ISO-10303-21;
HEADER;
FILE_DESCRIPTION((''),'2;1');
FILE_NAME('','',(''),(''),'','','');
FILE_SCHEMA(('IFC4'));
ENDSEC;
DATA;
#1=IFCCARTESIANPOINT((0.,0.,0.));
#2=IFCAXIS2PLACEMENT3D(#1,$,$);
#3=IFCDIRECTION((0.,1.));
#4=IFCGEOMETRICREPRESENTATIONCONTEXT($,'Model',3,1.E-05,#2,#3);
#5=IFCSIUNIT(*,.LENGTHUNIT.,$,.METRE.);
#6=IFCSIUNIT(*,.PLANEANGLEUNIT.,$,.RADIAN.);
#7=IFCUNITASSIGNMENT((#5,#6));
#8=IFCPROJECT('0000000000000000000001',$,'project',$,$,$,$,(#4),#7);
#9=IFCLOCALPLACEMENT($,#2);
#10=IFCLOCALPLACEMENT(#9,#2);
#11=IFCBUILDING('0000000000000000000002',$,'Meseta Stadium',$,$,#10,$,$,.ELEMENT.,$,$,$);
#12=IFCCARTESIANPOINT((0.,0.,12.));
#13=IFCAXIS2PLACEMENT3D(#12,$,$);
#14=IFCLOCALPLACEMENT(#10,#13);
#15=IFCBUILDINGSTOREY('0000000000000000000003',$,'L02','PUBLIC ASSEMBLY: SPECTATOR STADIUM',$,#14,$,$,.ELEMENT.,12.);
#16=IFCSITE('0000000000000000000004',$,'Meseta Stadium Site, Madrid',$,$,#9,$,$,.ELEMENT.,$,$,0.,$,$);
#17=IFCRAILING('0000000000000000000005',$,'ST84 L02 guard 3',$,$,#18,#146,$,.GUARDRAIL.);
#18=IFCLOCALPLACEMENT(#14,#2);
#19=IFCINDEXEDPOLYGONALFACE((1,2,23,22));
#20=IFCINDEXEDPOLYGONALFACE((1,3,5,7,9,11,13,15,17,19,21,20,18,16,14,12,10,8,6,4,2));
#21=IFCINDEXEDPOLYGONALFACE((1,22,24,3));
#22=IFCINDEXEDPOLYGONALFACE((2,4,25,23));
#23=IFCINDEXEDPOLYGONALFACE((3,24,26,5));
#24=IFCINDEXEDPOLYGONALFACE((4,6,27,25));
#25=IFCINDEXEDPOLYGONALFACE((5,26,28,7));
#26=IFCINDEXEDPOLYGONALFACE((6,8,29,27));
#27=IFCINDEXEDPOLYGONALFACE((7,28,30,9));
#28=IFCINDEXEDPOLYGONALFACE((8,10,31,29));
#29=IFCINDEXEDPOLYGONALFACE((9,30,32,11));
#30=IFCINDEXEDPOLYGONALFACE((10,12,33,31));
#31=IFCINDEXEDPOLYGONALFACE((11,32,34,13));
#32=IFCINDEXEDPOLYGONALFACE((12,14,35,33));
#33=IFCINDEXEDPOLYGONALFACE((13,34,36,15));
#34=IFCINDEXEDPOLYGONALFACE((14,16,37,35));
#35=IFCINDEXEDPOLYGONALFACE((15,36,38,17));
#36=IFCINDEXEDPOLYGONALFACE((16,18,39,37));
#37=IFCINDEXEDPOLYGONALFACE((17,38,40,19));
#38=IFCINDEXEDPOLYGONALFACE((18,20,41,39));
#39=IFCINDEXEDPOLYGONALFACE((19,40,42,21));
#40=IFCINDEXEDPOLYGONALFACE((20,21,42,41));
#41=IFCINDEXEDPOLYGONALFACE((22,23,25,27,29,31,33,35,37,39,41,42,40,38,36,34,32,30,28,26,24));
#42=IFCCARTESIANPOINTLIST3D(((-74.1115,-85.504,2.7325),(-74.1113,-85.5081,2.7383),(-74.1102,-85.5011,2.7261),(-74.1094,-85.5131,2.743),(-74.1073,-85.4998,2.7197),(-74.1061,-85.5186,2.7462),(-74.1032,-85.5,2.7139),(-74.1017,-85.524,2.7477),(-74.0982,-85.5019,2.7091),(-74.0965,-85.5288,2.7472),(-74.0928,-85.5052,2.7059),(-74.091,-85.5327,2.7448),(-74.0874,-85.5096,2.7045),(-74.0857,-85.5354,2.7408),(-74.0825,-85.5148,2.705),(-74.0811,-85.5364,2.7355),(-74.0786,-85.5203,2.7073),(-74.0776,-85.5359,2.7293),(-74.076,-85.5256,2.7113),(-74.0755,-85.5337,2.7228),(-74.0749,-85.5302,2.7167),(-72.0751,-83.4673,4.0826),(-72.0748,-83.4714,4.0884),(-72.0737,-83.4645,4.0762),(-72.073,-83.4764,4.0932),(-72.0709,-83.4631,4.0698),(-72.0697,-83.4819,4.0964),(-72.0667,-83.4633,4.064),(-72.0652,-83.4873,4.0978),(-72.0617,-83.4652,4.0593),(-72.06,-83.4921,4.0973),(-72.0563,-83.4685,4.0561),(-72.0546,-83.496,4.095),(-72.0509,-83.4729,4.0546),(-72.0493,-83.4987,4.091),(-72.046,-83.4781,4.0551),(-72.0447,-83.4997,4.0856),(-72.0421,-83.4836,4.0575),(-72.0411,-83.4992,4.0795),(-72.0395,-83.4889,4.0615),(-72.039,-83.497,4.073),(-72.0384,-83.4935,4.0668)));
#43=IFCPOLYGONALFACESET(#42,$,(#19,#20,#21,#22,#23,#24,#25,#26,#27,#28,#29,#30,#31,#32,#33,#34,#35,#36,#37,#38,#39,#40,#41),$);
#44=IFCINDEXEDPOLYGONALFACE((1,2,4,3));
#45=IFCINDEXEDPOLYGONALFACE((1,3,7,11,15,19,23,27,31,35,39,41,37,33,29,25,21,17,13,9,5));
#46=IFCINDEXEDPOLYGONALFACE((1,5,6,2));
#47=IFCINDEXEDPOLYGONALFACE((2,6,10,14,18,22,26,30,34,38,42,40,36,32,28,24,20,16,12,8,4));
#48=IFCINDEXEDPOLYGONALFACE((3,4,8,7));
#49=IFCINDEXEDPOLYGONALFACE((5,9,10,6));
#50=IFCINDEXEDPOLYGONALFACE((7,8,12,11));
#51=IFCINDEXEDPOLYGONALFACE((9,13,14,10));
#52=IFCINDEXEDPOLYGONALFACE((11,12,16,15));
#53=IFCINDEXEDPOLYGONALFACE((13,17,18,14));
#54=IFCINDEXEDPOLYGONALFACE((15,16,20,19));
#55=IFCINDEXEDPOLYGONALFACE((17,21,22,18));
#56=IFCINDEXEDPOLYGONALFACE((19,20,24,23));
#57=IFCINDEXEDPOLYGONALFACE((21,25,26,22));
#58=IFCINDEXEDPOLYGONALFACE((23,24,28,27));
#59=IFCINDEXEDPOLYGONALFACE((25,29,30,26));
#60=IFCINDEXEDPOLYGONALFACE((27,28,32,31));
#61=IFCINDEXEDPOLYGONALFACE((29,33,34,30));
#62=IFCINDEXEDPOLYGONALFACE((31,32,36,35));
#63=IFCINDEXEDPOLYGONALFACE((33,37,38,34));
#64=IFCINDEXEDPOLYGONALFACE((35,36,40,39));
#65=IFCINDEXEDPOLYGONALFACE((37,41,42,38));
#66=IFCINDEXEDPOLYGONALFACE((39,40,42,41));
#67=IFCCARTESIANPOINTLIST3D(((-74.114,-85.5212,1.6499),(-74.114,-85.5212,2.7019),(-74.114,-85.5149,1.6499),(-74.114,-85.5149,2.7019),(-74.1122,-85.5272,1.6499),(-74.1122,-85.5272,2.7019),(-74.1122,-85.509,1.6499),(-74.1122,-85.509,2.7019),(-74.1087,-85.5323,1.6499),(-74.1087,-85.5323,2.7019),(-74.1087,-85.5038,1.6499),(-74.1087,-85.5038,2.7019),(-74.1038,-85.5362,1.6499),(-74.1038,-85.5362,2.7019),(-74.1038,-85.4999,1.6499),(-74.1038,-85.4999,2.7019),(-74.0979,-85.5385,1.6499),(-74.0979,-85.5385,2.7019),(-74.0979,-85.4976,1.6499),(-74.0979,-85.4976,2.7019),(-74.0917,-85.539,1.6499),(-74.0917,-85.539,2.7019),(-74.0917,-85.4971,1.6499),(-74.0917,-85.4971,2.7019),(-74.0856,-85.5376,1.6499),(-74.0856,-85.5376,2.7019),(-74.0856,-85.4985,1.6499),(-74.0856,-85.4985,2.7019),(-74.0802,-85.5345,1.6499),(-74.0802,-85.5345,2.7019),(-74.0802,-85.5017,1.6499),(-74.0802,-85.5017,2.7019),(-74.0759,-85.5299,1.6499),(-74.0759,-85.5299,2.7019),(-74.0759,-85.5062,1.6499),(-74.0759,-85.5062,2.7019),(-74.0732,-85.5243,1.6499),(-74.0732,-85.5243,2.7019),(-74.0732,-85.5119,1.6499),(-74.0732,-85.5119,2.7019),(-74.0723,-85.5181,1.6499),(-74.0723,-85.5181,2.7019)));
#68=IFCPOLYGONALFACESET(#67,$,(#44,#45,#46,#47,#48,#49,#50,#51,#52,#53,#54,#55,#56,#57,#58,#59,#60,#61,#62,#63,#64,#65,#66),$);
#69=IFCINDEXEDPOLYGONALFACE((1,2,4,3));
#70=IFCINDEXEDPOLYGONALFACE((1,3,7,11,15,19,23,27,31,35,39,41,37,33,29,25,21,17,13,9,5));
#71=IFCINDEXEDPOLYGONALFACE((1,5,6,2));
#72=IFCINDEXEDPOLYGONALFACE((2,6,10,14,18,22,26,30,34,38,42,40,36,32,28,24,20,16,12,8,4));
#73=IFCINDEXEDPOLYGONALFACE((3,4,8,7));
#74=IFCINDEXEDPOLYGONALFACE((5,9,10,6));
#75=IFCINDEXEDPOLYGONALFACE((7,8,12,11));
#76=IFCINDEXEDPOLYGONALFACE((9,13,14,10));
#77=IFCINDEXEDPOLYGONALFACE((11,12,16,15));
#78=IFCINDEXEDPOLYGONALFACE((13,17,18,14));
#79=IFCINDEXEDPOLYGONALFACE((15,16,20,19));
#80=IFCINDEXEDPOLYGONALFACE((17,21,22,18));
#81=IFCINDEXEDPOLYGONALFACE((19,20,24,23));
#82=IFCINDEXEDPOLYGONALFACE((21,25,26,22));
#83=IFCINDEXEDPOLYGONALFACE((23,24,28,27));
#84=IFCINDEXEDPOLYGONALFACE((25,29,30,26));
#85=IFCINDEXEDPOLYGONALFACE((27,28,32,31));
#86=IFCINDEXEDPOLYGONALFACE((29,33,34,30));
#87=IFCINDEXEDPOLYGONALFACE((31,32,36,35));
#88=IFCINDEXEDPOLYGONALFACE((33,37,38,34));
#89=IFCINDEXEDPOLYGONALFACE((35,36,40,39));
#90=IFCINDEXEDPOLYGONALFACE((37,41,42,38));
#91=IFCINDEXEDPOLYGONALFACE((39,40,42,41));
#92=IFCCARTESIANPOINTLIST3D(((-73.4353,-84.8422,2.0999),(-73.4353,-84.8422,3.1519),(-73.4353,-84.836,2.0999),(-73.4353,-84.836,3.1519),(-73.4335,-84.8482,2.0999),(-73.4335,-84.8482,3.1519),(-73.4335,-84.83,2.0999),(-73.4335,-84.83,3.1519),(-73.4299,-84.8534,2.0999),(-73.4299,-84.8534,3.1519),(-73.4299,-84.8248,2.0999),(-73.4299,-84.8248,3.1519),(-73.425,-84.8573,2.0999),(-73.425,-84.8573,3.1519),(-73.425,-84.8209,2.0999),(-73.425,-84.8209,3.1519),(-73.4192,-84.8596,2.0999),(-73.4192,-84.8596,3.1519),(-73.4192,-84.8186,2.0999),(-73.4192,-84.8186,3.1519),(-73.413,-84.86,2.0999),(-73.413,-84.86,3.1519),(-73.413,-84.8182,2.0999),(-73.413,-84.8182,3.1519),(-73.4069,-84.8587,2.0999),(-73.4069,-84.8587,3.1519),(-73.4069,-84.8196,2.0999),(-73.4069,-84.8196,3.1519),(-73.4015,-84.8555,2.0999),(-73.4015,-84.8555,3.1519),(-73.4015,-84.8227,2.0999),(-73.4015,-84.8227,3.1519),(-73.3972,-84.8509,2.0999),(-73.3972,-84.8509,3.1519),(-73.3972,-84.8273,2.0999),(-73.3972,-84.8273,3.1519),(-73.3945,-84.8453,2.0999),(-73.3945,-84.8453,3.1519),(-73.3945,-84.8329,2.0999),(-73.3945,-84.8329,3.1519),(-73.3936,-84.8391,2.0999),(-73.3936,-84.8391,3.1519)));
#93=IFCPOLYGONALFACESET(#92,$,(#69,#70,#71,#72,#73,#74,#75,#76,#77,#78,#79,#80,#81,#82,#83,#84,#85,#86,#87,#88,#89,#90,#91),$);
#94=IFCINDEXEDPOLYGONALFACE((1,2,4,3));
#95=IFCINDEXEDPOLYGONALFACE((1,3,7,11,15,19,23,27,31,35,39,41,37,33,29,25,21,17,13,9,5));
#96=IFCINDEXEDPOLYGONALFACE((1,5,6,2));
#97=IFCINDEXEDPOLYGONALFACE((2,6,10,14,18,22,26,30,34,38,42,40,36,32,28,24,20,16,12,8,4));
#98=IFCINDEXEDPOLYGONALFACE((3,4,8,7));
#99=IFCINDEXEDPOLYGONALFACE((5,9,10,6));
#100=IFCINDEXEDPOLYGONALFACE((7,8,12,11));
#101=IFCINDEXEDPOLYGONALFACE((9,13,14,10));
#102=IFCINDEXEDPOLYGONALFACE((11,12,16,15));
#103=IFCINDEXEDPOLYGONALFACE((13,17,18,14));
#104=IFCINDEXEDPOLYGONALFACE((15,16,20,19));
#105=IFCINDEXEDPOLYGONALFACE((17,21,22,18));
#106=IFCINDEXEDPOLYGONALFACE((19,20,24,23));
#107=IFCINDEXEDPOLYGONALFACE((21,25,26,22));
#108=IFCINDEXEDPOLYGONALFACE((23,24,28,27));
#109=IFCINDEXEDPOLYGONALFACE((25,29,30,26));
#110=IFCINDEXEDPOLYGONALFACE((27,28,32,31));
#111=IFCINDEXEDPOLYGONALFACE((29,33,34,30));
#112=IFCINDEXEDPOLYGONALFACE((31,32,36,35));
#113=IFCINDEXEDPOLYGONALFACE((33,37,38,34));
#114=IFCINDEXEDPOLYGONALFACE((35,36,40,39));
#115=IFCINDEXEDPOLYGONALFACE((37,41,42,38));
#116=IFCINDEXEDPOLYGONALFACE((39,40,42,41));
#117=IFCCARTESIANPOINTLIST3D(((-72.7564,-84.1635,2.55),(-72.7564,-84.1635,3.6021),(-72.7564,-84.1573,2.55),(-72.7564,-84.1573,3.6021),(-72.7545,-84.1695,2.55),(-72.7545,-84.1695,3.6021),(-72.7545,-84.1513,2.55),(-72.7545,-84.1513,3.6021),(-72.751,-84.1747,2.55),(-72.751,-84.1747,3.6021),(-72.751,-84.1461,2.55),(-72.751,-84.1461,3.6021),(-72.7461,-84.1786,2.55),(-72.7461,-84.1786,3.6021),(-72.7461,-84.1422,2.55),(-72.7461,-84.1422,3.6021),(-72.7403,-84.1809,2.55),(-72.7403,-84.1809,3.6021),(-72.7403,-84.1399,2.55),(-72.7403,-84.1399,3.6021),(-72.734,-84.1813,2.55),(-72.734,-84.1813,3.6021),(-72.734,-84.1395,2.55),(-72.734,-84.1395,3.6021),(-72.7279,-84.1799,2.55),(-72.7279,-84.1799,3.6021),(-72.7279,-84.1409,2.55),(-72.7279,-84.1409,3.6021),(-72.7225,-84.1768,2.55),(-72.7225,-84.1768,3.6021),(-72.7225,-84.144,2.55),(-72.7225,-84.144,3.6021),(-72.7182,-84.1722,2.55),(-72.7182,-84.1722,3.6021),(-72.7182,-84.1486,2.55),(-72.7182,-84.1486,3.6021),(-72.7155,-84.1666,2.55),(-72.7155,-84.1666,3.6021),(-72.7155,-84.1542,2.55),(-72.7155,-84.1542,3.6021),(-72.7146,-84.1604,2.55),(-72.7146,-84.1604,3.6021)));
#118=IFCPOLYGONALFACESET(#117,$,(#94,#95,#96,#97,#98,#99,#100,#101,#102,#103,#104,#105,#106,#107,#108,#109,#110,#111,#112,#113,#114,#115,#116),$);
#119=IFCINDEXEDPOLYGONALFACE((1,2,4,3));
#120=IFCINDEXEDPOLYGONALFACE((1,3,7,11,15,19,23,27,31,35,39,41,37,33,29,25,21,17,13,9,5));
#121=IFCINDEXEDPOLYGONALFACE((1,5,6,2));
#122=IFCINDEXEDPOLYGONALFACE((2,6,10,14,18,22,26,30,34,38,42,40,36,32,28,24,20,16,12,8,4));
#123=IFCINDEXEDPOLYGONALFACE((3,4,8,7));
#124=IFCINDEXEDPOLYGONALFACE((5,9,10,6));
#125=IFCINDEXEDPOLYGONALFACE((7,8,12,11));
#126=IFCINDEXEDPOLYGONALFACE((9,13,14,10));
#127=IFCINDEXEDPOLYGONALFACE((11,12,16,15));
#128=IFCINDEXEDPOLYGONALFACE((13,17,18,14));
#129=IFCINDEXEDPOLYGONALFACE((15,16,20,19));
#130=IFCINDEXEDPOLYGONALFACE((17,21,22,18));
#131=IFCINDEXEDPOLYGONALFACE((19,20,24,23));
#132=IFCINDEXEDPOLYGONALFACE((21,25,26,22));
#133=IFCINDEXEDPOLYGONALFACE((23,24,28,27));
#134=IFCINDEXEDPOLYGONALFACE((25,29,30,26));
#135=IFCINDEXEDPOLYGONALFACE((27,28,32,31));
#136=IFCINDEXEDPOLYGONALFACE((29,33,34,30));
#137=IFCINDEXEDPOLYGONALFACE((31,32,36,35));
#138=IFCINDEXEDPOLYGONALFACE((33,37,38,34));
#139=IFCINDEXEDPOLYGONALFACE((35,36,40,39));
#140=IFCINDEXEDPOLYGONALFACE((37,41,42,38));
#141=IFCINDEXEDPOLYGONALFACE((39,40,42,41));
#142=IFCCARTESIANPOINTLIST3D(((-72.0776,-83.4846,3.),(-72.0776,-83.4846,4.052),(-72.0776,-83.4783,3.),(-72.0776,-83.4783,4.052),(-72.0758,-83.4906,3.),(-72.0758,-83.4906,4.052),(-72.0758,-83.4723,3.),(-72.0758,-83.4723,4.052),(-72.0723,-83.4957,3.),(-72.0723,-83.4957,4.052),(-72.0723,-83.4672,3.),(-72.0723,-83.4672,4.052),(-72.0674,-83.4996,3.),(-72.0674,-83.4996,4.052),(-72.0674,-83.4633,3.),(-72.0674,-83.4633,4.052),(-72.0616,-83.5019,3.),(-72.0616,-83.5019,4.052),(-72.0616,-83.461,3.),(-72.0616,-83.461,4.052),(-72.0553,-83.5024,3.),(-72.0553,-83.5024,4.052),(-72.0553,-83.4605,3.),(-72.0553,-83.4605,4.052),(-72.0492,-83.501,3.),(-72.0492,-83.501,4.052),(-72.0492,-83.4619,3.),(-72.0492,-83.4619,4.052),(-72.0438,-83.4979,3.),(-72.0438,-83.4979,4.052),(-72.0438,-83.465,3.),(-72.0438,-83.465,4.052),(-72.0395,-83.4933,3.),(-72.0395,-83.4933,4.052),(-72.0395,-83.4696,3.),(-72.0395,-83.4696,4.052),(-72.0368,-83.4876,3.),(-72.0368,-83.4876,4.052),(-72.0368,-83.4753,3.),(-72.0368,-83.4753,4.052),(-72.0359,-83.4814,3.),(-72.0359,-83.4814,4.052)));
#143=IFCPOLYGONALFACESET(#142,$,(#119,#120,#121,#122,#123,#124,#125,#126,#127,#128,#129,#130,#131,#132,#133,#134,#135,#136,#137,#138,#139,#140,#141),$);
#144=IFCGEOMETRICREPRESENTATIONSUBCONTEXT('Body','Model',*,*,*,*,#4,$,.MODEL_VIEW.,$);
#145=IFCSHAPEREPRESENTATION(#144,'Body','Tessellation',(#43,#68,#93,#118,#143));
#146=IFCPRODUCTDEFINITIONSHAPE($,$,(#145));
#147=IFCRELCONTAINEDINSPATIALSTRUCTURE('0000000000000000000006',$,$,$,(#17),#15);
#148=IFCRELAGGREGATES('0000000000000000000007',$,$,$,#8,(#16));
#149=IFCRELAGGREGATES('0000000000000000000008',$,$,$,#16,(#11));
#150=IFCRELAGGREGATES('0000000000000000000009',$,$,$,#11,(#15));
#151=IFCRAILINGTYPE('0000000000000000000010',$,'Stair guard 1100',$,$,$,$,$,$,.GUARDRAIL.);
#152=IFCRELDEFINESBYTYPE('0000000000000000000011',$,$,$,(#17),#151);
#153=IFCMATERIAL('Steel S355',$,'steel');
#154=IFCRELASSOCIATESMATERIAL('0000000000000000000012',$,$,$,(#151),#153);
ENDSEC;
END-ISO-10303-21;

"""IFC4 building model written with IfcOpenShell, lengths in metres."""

from ifc_helpers import new_model, si_unit, direction, frame, origin, origin_2d, place, context, subcontext, project, spatial, circle, extrude, material, type_object, element, save


model = new_model("IFC4")

# Units and contexts
model_context = context("Model", 3, precision=1e-05, world=origin(), true_north=direction((0.0, 1.0)))
body_context = subcontext(model_context, "Body", "Model", "MODEL_VIEW")
ifc_project = project(units=[si_unit("LENGTHUNIT", "METRE"), si_unit("PLANEANGLEUNIT", "RADIAN")], contexts=[model_context])

# Site, building, storey
site_placement = place(None, origin())
site = spatial("IfcSite", under=ifc_project, at=site_placement, Name="Meseta Stadium Site, Madrid", CompositionType="ELEMENT", RefElevation=0.0)
building_placement = place(site_placement, origin())
building = spatial("IfcBuilding", under=site, at=building_placement, Name="Meseta Stadium", CompositionType="ELEMENT")
storey_placement = place(building_placement, frame((0.0, 0.0, 12.0)))
storey = spatial("IfcBuildingStorey", under=building, at=storey_placement, Name="L02", Description="PUBLIC ASSEMBLY: SPECTATOR STADIUM", CompositionType="ELEMENT", Elevation=12.0)

# Railing
ifc_material_1 = material(Name="Steel S355", Category="steel")
railing_type_1 = type_object("IfcRailingType", Name="Stair guard 1100", PredefinedType="GUARDRAIL", material=ifc_material_1)
railing_1_placement = place(storey_placement, frame((-74.0933, -85.5181, 1.6499)))
element("IfcRailing", 1, at=railing_1_placement, inside=storey, type_object=railing_type_1, Name="ST84 L02 guard 3", PredefinedType="GUARDRAIL", context=body_context, shape_type="SweptSolid", body=[
    extrude(circle(Radius=0.0239, at=origin_2d()), frame((0.0, 0.0, 1.0762), z_axis=(0.640211, 0.640288, 0.424454), x_axis=(-0.707149, 0.707064, 0.0)), (0.0, 0.0, 1.0), 3.1809),
    extrude(circle(Radius=0.021, at=origin_2d()), origin(), (0.0, 0.0, 1.0), 1.052),
    extrude(circle(Radius=0.021, at=origin_2d()), frame((0.6787, 0.679, 0.45)), (0.0, 0.0, 1.0), 1.052),
    extrude(circle(Radius=0.021, at=origin_2d()), frame((1.3577, 1.3577, 0.9001)), (0.0, 0.0, 1.0), 1.052),
    extrude(circle(Radius=0.021, at=origin_2d()), frame((2.0364, 2.0366, 1.3501)), (0.0, 0.0, 1.0), 1.052),
])

save(model, "model.ifc")
